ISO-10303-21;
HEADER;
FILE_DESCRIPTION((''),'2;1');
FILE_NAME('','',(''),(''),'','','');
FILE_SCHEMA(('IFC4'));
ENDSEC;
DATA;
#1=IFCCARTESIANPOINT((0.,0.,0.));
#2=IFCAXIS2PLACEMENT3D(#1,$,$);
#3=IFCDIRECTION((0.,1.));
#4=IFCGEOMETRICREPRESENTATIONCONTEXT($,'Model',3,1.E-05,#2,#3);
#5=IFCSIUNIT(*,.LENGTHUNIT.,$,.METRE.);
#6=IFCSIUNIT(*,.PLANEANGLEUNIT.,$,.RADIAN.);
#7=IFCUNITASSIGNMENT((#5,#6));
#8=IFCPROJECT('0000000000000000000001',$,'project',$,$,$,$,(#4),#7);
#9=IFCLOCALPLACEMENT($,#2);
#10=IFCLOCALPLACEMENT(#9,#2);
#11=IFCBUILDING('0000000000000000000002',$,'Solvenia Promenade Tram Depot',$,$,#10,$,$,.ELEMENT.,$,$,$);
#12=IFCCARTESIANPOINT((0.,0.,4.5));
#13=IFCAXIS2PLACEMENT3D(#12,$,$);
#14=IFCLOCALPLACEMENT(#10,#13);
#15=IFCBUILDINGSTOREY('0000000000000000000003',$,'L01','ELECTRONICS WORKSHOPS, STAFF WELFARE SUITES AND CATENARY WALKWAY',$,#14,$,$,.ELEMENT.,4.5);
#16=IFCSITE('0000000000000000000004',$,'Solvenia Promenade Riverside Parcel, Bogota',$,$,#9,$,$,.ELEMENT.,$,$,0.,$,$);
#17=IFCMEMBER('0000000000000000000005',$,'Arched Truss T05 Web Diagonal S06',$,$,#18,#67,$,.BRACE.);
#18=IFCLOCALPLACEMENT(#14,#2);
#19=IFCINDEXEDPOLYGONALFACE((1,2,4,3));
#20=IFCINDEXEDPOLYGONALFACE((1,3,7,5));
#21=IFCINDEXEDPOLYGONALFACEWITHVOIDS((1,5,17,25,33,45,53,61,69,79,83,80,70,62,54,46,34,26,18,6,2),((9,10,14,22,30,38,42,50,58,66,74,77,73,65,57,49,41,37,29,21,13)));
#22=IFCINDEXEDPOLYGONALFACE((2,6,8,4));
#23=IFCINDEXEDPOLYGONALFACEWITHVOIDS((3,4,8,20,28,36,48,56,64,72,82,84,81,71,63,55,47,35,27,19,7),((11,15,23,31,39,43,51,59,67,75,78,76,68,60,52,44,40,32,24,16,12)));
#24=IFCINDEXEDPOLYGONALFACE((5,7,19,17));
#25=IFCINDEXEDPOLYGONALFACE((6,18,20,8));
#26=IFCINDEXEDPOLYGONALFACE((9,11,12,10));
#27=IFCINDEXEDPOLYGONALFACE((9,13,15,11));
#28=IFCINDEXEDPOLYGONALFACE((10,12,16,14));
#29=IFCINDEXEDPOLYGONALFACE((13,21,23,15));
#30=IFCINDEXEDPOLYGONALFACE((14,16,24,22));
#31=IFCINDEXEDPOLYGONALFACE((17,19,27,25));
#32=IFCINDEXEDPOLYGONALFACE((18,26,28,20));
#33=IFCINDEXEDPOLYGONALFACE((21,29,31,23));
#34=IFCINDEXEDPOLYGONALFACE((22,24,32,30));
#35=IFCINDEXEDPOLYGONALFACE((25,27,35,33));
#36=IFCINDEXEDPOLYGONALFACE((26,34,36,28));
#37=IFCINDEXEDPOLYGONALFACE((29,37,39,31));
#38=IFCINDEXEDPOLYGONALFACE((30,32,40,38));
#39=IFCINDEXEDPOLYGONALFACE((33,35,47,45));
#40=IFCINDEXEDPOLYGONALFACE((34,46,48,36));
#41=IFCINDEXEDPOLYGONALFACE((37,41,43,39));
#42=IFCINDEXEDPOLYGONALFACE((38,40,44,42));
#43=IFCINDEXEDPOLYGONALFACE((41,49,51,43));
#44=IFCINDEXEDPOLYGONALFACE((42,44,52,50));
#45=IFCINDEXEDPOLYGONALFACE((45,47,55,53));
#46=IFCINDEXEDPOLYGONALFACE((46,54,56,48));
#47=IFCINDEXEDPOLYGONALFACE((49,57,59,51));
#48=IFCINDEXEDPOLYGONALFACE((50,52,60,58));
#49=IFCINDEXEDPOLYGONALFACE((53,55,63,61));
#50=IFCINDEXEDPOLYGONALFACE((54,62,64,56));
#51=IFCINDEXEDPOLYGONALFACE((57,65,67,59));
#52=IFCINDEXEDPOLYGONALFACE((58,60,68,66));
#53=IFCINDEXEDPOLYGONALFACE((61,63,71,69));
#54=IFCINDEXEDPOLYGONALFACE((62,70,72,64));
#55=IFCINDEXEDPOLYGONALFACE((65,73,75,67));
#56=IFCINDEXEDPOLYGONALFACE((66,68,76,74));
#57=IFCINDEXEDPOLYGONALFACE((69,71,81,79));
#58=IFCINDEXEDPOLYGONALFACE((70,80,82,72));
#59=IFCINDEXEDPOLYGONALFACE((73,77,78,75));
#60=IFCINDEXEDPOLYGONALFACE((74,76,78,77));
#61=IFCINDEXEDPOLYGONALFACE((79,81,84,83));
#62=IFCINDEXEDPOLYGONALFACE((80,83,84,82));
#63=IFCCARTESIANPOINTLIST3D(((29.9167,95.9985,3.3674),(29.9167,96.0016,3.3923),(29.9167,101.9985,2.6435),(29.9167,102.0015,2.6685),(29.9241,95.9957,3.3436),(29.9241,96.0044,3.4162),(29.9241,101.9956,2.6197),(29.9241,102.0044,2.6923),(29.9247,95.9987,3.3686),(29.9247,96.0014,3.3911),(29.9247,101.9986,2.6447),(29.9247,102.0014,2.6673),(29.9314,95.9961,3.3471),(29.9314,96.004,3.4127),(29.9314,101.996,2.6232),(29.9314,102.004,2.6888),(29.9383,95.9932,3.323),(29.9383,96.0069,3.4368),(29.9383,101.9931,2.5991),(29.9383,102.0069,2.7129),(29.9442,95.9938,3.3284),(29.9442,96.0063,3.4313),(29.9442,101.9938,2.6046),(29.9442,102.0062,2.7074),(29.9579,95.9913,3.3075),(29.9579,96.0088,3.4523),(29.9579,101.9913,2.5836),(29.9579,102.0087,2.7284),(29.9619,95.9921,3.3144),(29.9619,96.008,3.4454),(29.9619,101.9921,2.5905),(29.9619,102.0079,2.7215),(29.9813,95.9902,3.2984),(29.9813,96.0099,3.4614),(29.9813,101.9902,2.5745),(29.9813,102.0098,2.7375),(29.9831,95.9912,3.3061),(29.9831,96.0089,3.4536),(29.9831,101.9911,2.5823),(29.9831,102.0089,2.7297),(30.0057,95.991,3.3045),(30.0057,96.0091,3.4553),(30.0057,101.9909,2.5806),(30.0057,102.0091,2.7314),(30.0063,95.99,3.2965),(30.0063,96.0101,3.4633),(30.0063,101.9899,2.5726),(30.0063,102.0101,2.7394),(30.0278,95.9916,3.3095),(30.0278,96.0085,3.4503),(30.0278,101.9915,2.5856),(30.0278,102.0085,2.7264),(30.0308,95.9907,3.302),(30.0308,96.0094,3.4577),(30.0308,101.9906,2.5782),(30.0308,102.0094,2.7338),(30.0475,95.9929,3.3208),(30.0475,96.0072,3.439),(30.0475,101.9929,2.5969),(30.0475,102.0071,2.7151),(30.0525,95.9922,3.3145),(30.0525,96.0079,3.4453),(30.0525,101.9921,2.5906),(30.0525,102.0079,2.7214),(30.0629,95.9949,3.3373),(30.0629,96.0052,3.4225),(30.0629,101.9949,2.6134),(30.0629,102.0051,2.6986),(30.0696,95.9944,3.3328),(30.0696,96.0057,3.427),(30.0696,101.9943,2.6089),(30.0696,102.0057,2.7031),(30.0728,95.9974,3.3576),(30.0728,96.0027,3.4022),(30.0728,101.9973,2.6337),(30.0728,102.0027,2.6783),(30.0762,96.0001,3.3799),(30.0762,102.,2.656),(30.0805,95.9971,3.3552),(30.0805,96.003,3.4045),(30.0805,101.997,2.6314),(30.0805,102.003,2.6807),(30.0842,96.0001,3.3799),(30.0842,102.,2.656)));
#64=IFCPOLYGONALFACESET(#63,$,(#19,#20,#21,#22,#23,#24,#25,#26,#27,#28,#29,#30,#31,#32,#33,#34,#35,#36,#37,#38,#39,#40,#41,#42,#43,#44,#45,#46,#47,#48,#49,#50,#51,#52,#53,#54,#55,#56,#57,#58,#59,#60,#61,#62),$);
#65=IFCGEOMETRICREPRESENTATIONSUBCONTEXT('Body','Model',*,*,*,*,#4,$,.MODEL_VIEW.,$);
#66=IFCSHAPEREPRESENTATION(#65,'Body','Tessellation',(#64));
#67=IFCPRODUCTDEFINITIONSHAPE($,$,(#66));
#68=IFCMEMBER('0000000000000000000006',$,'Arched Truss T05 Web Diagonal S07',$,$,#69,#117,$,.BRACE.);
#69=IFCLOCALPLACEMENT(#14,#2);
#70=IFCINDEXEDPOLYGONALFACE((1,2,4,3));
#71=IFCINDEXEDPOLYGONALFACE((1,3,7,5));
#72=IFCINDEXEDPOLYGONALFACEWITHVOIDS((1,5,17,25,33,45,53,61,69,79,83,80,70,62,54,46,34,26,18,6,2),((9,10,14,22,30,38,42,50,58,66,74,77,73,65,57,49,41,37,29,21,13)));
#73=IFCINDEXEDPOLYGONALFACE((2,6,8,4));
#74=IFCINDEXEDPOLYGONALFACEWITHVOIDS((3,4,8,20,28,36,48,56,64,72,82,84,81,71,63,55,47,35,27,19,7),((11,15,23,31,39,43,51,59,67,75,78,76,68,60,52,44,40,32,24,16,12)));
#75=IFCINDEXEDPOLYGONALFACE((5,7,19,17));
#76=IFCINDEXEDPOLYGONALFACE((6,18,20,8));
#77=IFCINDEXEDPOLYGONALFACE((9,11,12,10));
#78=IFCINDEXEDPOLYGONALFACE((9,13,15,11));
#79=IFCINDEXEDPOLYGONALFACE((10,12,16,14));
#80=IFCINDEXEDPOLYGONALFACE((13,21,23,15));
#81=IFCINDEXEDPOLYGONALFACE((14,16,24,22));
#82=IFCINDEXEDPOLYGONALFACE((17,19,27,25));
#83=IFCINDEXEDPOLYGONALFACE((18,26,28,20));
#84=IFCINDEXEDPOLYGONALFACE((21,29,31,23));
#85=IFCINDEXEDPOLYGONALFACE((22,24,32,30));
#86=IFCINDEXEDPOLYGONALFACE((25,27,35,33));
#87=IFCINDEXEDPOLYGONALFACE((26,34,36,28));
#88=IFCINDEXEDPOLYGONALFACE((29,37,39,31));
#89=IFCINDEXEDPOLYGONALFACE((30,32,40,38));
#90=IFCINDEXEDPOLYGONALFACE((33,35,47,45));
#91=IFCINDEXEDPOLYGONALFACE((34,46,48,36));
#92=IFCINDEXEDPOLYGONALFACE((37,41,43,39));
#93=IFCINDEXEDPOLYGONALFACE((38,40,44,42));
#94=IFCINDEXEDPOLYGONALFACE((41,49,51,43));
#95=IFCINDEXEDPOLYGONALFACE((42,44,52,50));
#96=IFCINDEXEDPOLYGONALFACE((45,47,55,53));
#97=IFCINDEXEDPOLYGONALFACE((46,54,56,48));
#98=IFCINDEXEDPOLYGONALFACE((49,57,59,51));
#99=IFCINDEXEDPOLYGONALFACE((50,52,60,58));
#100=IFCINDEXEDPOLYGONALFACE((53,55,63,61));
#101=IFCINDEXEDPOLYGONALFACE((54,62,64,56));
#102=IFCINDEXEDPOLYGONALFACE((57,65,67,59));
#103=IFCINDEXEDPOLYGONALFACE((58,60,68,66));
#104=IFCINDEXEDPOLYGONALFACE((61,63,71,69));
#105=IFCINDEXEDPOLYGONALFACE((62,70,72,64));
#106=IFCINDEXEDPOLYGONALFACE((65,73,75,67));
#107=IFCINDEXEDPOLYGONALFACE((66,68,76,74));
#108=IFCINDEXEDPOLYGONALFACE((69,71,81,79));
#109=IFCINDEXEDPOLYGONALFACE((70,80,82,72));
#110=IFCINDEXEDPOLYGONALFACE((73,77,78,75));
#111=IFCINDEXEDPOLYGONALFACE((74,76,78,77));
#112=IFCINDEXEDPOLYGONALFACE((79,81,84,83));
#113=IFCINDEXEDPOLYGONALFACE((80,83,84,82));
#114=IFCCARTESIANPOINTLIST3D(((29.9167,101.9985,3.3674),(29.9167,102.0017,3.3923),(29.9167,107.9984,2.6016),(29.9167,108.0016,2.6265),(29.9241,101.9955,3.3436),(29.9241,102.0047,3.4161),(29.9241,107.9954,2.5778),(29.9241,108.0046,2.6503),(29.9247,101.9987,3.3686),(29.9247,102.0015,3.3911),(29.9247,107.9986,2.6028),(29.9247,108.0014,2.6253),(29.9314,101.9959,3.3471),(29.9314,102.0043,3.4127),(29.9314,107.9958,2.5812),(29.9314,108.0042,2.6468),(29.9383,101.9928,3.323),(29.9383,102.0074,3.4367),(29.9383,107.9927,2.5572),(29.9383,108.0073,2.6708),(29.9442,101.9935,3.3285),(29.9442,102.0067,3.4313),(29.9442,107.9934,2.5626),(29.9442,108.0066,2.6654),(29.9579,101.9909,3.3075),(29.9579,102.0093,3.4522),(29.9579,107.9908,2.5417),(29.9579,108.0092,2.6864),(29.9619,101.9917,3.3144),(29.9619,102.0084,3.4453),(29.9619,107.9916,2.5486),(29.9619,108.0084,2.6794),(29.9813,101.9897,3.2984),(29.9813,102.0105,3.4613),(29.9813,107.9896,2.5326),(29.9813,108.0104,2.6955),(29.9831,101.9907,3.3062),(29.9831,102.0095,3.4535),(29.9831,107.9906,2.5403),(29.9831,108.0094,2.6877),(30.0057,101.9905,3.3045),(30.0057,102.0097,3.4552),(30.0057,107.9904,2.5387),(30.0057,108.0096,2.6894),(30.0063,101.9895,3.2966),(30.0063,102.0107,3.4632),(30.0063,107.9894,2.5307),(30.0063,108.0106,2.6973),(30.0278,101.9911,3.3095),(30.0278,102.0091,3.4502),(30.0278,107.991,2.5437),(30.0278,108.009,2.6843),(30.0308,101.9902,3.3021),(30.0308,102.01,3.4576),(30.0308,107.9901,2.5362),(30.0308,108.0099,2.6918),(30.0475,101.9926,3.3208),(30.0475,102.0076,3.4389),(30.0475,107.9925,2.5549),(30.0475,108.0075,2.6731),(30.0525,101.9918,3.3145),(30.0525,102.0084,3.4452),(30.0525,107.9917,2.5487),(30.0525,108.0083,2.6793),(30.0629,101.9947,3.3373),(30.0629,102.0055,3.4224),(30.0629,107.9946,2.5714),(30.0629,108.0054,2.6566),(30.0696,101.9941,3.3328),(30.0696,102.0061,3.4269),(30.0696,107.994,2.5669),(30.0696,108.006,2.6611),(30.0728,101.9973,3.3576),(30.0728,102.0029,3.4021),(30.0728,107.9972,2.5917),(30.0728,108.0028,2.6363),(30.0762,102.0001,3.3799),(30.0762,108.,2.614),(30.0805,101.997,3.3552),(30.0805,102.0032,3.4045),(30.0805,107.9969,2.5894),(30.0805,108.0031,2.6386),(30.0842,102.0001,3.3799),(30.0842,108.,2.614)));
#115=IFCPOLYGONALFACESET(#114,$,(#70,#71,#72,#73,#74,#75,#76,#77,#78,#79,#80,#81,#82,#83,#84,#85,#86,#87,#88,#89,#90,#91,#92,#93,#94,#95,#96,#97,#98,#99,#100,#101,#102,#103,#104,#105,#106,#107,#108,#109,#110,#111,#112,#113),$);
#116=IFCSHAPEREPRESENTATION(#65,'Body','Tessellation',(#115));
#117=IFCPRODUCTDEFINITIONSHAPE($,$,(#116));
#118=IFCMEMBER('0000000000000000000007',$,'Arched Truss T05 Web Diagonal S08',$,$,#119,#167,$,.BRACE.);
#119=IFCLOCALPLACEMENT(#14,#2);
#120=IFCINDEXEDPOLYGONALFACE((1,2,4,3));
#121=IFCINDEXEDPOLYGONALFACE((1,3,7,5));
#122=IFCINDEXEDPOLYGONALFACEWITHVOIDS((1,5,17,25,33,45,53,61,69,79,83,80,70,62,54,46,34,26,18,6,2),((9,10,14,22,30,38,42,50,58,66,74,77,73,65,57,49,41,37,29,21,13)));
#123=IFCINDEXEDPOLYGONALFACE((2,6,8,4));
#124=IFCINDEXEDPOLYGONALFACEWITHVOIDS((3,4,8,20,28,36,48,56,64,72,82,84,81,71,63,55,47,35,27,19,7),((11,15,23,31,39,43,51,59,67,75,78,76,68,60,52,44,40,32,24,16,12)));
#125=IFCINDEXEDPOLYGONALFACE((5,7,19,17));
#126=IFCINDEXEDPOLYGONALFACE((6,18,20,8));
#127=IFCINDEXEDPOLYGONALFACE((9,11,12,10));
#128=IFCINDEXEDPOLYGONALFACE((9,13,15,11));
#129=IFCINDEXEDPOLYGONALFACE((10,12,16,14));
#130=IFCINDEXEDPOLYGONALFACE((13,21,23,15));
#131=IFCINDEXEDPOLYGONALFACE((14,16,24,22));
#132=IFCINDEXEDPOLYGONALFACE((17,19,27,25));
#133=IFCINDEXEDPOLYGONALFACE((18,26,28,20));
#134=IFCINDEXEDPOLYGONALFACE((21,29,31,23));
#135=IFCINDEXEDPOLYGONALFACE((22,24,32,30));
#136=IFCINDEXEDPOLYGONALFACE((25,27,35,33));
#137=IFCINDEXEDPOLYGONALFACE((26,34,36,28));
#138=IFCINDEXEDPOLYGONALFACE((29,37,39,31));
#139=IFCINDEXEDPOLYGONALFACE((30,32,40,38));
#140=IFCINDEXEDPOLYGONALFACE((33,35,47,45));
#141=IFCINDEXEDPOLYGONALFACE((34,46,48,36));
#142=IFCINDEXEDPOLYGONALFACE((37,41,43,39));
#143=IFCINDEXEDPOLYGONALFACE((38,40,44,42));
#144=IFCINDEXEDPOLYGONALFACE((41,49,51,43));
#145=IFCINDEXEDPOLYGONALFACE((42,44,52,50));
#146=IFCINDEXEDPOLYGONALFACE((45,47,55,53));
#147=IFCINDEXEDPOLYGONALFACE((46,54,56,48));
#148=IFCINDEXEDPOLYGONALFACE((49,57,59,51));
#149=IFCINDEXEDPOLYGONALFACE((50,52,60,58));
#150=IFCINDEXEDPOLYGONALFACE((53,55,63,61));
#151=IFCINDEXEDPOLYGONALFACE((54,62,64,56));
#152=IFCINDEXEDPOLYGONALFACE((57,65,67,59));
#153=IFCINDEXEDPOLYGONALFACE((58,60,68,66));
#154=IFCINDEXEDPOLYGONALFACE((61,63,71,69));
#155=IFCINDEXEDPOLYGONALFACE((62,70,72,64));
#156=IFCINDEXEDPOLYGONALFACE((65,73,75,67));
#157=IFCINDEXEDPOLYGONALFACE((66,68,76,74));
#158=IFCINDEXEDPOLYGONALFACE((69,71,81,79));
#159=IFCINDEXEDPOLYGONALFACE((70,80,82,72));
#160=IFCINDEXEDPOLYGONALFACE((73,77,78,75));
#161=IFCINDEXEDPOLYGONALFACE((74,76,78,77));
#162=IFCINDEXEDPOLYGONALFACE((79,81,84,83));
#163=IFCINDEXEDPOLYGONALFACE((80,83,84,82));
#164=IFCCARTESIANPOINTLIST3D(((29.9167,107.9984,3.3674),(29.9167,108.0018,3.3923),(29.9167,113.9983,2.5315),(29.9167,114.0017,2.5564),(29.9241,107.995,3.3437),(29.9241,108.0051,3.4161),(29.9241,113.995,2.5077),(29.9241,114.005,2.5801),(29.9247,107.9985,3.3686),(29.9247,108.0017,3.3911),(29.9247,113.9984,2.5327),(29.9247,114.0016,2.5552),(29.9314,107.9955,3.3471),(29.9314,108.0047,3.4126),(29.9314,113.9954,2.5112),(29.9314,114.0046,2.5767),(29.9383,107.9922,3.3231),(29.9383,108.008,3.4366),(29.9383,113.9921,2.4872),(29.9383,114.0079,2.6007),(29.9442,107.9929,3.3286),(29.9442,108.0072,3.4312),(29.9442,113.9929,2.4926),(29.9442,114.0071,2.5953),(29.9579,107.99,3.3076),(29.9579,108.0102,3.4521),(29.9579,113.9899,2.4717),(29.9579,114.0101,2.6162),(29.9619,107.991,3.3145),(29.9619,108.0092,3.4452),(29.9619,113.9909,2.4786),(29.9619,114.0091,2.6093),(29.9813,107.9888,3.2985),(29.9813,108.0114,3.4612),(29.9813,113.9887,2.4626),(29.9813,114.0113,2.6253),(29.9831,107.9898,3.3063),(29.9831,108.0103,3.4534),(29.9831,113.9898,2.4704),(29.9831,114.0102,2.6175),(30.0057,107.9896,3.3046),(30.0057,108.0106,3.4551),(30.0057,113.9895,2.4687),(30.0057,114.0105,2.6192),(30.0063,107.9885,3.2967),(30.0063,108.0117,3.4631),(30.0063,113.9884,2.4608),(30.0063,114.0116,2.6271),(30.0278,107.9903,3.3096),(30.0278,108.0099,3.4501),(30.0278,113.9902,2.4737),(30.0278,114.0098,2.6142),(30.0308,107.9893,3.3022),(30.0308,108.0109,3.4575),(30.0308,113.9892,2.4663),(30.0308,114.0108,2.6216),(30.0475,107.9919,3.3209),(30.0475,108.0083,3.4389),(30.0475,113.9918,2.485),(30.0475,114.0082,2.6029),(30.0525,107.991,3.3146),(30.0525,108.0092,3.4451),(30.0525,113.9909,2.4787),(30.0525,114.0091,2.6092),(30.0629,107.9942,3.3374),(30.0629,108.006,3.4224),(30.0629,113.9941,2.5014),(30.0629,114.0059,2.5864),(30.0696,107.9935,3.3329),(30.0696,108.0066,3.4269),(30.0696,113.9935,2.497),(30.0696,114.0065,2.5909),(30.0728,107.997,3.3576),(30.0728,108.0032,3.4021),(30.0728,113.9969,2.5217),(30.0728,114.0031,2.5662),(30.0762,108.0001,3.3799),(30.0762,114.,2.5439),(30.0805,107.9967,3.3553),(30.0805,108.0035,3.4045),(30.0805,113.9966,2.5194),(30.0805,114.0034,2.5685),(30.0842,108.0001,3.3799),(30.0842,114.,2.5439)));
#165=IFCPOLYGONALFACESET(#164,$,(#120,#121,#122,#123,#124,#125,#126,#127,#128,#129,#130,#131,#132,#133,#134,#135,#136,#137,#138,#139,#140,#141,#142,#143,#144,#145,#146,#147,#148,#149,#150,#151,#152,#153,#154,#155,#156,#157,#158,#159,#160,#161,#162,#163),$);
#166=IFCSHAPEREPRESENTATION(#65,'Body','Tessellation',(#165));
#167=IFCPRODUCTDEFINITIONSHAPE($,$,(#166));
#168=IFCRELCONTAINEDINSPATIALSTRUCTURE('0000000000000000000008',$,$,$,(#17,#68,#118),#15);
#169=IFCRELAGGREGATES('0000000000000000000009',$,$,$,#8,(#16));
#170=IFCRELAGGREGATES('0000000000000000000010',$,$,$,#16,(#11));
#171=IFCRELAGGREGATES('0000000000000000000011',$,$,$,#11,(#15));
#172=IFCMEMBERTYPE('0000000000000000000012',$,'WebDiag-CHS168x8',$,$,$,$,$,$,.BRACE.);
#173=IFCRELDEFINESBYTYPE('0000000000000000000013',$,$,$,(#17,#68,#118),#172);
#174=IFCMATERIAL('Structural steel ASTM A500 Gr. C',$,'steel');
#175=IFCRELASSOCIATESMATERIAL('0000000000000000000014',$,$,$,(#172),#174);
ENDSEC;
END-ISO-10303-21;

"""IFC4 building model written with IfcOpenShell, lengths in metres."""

from ifc_helpers import new_model, si_unit, direction, frame, origin, origin_2d, place, context, subcontext, project, spatial, hollow_circle, extrude, material, material_profile, profile_set, type_object, element, save


model = new_model("IFC4")

# Units and contexts
model_context = context("Model", 3, precision=1e-05, world=origin(), true_north=direction((0.0, 1.0)))
body_context = subcontext(model_context, "Body", "Model", "MODEL_VIEW")
ifc_project = project(units=[si_unit("LENGTHUNIT", "METRE"), si_unit("PLANEANGLEUNIT", "RADIAN")], contexts=[model_context])

# Site, building, storey
site_placement = place(None, origin())
site = spatial("IfcSite", under=ifc_project, at=site_placement, Name="Solvenia Promenade Riverside Parcel, Bogota", CompositionType="ELEMENT", RefElevation=0.0)
building_placement = place(site_placement, origin())
building = spatial("IfcBuilding", under=site, at=building_placement, Name="Solvenia Promenade Tram Depot", CompositionType="ELEMENT")
storey_placement = place(building_placement, frame((0.0, 0.0, 4.5)))
storey = spatial("IfcBuildingStorey", under=building, at=storey_placement, Name="L01", Description="ELECTRONICS WORKSHOPS, STAFF WELFARE SUITES AND CATENARY WALKWAY", CompositionType="ELEMENT", Elevation=4.5)

# Shared definitions
ifc_material_1 = material(Name="Structural steel ASTM A500 Gr. C", Category="steel")

# Members
ifc_material_profile_1 = material_profile(ifc_material_1, hollow_circle(Radius=0.0842, WallThickness=0.0081, at=origin_2d()), Name="CHS168.3x8", Category="steel")
ifc_profile_set_1 = profile_set([ifc_material_profile_1], Name="Structural steel ASTM A500 Gr. C")
member_type_1 = type_object("IfcMemberType", Name="WebDiag-CHS168x8", PredefinedType="BRACE", material=ifc_profile_set_1)
member_1_placement = place(storey_placement, frame((30.0, 102.0, 2.656), z_axis=(0.0, -0.992801, 0.119778), x_axis=(1.0, 0.0, 0.0)))
element("IfcMember", 1, at=member_1_placement, inside=storey, type_object=member_type_1, Name="Arched Truss T05 Web Diagonal S06", PredefinedType="BRACE", context=body_context, shape_type="SweptSolid", body=[
    extrude(hollow_circle(Radius=0.0842, WallThickness=0.0081, at=origin_2d()), origin(), (0.0, 0.0, 1.0), 6.0435),
])
member_2_placement = place(storey_placement, frame((30.0, 108.0, 2.614), z_axis=(0.0, -0.991952, 0.126618), x_axis=(1.0, 0.0, 0.0)))
element("IfcMember", 2, at=member_2_placement, inside=storey, type_object=member_type_1, Name="Arched Truss T05 Web Diagonal S07", PredefinedType="BRACE", context=body_context, shape_type="SweptSolid", body=[
    extrude(hollow_circle(Radius=0.0842, WallThickness=0.0081, at=origin_2d()), origin(), (0.0, 0.0, 1.0), 6.0486),
])
member_3_placement = place(storey_placement, frame((30.0, 114.0, 2.5439), z_axis=(0.0, -0.990434, 0.13799), x_axis=(1.0, 0.0, 0.0)))
element("IfcMember", 3, at=member_3_placement, inside=storey, type_object=member_type_1, Name="Arched Truss T05 Web Diagonal S08", PredefinedType="BRACE", context=body_context, shape_type="SweptSolid", body=[
    extrude(hollow_circle(Radius=0.0842, WallThickness=0.0081, at=origin_2d()), origin(), (0.0, 0.0, 1.0), 6.0579),
])

save(model, "model.ifc")
